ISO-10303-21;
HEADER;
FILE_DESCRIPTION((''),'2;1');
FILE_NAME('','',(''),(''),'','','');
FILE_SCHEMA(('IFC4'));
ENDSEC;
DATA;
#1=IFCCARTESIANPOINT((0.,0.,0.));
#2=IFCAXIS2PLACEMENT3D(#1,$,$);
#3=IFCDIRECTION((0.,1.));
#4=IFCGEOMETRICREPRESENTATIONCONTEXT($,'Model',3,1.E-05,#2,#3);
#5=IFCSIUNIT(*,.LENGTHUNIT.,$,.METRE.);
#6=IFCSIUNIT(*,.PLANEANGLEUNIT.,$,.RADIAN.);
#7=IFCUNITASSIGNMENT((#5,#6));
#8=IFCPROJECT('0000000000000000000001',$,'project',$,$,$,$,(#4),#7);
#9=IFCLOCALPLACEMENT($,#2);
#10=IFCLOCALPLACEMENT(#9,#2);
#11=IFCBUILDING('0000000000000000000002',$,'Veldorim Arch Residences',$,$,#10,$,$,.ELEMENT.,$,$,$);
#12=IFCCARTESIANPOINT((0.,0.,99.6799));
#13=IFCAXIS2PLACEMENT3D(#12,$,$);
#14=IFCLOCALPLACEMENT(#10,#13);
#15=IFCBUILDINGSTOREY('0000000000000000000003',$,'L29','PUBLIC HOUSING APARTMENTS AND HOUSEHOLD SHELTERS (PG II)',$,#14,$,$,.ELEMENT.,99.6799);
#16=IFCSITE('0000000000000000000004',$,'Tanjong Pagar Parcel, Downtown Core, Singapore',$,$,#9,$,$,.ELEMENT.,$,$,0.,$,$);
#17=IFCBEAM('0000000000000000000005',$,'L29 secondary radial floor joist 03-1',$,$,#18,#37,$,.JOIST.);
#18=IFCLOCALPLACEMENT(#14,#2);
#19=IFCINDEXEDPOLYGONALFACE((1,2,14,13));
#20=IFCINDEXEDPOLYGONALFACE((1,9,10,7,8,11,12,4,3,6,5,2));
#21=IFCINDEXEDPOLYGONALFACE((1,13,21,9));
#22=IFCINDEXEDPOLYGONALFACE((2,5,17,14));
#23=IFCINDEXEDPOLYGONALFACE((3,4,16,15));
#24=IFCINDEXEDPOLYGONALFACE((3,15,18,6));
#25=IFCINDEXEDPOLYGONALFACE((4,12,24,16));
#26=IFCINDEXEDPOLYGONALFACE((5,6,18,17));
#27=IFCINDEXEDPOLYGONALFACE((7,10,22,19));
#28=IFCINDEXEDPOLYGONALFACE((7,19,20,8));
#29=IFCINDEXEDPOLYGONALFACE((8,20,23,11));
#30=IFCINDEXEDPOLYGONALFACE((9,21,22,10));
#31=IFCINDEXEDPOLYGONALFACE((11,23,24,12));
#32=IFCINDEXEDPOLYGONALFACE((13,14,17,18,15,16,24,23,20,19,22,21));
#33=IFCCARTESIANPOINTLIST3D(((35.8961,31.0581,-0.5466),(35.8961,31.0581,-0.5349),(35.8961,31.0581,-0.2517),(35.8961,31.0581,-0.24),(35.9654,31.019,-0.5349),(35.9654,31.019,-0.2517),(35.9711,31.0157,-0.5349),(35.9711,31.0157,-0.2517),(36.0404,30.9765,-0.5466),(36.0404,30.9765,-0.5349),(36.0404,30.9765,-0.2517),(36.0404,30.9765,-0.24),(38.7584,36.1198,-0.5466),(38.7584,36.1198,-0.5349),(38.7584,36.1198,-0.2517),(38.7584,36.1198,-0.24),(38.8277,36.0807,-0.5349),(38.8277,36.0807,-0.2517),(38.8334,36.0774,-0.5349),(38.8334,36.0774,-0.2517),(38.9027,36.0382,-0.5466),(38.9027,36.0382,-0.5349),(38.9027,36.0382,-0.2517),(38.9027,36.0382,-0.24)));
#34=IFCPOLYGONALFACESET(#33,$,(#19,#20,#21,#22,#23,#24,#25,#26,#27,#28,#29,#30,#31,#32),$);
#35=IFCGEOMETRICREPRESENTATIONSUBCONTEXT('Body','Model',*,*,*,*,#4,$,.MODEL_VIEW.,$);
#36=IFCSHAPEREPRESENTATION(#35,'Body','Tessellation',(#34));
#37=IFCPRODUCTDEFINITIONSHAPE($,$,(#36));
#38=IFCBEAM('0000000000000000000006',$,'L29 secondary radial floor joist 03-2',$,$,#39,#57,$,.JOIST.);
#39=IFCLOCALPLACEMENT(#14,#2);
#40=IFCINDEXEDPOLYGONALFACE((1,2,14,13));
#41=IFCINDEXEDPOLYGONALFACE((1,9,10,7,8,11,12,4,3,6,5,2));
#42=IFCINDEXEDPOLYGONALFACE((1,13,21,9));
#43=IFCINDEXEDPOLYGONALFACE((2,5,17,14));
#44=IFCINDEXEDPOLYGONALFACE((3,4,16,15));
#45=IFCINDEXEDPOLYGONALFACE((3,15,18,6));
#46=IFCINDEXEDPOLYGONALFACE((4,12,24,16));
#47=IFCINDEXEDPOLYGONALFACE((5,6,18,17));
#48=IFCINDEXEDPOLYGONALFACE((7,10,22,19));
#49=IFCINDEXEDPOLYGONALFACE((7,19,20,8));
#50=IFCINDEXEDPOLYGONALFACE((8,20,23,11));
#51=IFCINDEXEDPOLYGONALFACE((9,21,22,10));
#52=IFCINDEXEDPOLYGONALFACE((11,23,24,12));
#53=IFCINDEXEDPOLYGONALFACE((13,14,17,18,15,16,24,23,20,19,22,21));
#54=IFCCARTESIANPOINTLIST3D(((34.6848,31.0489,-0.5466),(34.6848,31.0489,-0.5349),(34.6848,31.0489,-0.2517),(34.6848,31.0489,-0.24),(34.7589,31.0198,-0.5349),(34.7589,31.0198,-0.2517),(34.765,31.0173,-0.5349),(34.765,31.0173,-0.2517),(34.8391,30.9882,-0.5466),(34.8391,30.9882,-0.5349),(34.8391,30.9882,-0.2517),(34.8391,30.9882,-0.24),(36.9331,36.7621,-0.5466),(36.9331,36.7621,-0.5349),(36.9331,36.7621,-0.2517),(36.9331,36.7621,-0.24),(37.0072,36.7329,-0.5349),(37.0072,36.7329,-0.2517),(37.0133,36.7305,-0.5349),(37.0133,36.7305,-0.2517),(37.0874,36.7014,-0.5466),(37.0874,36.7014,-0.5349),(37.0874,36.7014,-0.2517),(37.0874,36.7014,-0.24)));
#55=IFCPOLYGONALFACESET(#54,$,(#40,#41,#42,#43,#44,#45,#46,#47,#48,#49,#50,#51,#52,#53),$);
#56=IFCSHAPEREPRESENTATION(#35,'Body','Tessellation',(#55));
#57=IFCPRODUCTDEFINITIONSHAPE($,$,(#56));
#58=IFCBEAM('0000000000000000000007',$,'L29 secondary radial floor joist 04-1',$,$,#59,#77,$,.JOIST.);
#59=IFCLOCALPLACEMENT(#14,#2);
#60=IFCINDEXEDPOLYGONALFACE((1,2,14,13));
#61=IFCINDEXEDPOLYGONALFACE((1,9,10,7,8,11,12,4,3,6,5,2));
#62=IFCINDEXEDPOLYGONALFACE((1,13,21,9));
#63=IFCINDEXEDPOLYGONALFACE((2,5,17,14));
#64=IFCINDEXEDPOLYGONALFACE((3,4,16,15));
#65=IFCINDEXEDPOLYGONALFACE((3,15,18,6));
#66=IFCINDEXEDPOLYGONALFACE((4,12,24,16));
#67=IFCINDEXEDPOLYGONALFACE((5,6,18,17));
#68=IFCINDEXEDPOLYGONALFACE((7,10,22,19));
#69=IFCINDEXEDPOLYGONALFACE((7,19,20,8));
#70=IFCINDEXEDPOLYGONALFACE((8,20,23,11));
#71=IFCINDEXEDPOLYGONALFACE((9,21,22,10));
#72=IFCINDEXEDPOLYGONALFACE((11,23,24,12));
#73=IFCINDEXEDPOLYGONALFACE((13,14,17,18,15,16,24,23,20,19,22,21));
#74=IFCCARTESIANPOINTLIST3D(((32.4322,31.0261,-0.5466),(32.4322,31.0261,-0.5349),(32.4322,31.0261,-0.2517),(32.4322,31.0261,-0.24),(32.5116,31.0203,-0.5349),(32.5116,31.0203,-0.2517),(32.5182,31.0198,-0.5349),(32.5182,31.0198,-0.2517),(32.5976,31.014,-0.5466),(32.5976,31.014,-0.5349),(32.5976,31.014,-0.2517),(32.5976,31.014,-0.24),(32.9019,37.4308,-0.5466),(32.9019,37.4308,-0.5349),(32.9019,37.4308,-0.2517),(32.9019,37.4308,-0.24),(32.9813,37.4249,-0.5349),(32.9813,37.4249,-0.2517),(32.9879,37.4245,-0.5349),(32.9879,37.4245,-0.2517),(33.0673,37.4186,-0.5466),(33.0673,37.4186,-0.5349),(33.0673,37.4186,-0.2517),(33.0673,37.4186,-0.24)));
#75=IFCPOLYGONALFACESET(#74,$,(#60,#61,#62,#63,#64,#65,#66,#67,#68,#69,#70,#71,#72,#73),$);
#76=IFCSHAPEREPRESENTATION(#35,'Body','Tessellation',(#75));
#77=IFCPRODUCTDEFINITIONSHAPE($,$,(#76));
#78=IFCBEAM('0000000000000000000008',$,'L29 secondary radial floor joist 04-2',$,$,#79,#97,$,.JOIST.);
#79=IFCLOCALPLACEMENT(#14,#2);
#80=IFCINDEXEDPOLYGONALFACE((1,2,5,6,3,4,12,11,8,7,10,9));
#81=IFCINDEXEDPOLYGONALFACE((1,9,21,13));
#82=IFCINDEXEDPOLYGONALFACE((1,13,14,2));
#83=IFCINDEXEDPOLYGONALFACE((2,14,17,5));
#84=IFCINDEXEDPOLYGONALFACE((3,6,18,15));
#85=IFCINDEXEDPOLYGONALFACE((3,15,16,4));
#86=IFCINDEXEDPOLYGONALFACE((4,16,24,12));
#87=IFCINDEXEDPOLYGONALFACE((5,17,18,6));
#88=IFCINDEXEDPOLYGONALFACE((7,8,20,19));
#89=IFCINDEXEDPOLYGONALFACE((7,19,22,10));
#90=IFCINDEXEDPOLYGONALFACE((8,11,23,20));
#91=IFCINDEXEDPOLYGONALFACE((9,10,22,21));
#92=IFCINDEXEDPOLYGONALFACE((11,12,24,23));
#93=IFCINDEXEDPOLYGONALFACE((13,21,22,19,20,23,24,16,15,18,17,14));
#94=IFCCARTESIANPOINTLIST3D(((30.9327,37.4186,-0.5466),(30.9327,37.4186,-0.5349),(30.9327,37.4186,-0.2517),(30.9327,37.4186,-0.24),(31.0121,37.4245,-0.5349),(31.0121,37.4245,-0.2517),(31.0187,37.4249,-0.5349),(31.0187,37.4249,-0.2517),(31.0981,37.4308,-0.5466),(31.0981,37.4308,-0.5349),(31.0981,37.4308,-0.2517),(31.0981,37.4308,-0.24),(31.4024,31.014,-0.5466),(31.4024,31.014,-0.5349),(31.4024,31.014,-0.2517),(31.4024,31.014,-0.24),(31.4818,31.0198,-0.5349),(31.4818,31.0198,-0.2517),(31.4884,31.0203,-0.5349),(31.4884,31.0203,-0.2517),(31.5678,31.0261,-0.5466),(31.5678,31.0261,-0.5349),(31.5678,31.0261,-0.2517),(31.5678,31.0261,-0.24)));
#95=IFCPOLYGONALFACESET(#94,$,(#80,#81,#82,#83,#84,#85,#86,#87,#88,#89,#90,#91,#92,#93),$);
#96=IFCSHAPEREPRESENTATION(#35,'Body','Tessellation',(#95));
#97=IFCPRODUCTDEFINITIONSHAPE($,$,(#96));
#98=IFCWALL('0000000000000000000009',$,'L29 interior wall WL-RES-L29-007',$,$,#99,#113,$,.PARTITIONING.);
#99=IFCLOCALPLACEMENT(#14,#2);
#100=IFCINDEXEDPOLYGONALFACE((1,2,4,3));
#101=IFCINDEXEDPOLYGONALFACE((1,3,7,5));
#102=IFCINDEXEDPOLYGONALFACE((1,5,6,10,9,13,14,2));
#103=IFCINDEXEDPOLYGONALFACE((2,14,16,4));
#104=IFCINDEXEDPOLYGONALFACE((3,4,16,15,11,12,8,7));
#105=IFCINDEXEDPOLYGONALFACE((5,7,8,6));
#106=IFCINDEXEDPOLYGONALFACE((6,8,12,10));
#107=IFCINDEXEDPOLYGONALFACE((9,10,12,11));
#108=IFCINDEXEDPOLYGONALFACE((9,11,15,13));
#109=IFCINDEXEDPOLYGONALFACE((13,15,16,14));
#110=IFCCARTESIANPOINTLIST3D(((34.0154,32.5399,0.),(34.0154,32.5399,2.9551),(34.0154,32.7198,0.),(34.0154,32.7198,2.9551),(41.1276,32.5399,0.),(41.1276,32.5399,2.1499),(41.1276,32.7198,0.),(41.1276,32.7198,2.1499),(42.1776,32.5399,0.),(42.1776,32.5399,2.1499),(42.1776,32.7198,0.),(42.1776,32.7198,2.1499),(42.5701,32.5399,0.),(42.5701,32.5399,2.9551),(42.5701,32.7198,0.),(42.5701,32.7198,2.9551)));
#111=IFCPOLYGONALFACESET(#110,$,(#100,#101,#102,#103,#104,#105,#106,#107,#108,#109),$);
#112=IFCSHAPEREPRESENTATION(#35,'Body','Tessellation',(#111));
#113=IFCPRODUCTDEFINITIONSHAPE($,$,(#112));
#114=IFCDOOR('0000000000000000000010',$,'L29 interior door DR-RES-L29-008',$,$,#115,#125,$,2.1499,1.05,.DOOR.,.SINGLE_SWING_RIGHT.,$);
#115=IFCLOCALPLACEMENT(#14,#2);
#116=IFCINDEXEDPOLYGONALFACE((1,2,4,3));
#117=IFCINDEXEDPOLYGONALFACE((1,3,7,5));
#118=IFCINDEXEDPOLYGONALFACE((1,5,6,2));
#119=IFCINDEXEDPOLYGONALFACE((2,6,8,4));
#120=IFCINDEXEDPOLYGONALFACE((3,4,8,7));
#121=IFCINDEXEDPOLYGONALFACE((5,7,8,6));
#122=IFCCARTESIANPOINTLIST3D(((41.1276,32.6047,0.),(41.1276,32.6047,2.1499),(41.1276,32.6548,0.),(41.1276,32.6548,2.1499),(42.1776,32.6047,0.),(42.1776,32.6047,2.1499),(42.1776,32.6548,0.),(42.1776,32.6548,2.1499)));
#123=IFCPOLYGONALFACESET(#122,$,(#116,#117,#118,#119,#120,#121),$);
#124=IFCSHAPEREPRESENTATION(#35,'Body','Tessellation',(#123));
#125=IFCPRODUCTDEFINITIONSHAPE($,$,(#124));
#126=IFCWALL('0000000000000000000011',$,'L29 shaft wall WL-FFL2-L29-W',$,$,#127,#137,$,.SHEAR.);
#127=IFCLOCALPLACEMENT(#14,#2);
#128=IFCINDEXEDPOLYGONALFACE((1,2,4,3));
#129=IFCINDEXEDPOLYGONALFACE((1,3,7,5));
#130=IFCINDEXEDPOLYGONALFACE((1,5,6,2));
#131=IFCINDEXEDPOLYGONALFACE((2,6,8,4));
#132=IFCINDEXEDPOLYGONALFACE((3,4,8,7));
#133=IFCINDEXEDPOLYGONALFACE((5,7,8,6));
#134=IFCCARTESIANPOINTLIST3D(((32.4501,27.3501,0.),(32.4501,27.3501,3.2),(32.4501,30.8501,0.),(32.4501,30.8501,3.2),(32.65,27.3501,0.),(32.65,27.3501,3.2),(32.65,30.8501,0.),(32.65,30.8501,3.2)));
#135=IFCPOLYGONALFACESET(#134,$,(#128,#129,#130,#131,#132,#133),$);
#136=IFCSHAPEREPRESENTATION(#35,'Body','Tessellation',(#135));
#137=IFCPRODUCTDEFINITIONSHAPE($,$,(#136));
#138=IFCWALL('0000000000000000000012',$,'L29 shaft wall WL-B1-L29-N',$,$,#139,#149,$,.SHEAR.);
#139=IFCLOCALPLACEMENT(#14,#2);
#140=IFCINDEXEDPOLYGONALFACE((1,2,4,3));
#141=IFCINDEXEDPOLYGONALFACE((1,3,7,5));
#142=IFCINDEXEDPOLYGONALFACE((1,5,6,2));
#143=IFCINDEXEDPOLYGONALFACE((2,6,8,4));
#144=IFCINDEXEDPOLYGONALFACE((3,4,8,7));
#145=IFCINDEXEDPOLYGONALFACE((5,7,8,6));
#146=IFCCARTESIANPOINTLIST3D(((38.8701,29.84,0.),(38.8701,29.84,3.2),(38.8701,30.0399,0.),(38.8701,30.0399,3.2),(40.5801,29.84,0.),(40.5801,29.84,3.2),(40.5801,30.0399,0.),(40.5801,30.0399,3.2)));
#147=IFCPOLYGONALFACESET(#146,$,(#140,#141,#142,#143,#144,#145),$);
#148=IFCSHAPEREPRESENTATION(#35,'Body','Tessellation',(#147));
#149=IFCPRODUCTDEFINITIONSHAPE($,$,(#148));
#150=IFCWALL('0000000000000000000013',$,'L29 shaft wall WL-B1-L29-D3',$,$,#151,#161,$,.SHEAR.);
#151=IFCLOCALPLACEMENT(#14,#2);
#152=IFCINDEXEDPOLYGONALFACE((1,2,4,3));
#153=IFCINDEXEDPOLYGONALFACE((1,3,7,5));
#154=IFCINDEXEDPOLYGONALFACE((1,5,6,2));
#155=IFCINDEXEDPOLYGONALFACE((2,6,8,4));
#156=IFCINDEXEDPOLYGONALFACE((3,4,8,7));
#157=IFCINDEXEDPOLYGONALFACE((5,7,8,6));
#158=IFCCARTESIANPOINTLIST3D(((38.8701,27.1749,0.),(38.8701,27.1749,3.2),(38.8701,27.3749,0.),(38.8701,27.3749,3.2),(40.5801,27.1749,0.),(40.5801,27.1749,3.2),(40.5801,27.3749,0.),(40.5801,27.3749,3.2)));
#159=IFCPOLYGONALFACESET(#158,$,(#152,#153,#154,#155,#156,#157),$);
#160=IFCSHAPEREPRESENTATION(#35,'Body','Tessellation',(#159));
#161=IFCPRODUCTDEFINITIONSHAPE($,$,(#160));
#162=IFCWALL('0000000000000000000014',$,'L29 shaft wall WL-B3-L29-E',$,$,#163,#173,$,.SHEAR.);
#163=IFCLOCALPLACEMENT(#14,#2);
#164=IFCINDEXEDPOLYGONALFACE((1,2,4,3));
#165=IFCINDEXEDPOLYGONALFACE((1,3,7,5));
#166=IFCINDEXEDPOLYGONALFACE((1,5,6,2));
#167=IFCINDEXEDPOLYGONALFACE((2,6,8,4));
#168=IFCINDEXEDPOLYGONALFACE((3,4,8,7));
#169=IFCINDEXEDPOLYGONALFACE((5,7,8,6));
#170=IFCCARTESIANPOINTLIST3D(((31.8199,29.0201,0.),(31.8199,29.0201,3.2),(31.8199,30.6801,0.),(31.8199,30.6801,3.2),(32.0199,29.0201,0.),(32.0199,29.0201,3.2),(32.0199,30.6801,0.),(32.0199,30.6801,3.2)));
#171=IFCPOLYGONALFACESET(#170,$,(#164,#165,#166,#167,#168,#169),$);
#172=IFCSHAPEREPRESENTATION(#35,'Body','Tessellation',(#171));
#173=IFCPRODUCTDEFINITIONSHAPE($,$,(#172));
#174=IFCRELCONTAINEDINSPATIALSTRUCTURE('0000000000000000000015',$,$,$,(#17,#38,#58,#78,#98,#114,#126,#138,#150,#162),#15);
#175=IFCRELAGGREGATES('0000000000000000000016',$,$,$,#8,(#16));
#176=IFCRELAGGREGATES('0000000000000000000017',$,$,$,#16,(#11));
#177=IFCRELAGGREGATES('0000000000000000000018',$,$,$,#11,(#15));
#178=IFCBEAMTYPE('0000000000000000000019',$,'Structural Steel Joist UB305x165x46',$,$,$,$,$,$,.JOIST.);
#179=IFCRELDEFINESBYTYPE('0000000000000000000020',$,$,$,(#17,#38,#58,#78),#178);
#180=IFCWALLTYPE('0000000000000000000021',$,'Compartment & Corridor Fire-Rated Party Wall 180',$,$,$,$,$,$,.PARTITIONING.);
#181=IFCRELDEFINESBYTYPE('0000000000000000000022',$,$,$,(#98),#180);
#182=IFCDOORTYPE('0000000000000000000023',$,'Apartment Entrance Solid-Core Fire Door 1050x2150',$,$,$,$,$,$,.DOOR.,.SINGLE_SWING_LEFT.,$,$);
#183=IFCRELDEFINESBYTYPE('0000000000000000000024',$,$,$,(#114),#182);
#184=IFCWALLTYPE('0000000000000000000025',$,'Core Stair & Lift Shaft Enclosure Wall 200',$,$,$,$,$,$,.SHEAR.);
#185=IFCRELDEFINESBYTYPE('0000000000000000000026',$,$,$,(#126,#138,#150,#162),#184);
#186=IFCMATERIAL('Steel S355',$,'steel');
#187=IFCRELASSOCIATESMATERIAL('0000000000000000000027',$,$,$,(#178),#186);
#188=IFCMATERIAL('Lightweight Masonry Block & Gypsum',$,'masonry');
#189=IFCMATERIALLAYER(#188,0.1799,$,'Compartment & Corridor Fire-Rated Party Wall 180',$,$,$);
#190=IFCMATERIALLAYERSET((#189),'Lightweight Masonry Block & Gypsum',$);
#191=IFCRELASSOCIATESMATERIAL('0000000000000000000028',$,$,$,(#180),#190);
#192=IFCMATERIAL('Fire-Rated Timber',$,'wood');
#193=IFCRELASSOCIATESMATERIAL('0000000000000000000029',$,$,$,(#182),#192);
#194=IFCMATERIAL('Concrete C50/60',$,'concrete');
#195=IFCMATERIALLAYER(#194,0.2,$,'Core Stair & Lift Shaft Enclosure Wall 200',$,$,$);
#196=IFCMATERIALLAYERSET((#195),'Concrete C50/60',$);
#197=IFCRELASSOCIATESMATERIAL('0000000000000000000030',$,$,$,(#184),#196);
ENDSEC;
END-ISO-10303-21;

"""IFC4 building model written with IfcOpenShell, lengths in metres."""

from ifc_helpers import new_model, si_unit, direction, frame, frame_2d, origin, origin_2d, place, context, subcontext, project, spatial, rectangle, i_section, extrude, material, layer, layer_set, material_profile, profile_set, type_object, element, fill, save


model = new_model("IFC4")

# Units and contexts
model_context = context("Model", 3, precision=1e-05, world=origin(), true_north=direction((0.0, 1.0)))
body_context = subcontext(model_context, "Body", "Model", "MODEL_VIEW")
ifc_project = project(units=[si_unit("LENGTHUNIT", "METRE"), si_unit("PLANEANGLEUNIT", "RADIAN")], contexts=[model_context])

# Site, building, storey
site_placement = place(None, origin())
site = spatial("IfcSite", under=ifc_project, at=site_placement, Name="Tanjong Pagar Parcel, Downtown Core, Singapore", CompositionType="ELEMENT", RefElevation=0.0)
building_placement = place(site_placement, origin())
building = spatial("IfcBuilding", under=site, at=building_placement, Name="Veldorim Arch Residences", CompositionType="ELEMENT")
storey_placement = place(building_placement, frame((0.0, 0.0, 99.6799)))
storey = spatial("IfcBuildingStorey", under=building, at=storey_placement, Name="L29", Description="PUBLIC HOUSING APARTMENTS AND HOUSEHOLD SHELTERS (PG II)", CompositionType="ELEMENT", Elevation=99.6799)

# Beams
ifc_material_1 = material(Name="Steel S355", Category="steel")
ifc_material_profile_1 = material_profile(ifc_material_1, i_section(OverallWidth=0.1658, OverallDepth=0.3066, WebThickness=0.0066, FlangeThickness=0.0117, at=origin_2d()), Name="UB305x165x46")
ifc_profile_set_1 = profile_set([ifc_material_profile_1], Name="Steel S355")
beam_type_1 = type_object("IfcBeamType", Name="Structural Steel Joist UB305x165x46", PredefinedType="JOIST", material=ifc_profile_set_1)
beam_1_placement = place(storey_placement, frame((35.9683, 31.0173, -0.3933), z_axis=(0.492227, 0.870467, 0.0), x_axis=(-0.870467, 0.492227, 0.0)))
element("IfcBeam", 1, at=beam_1_placement, inside=storey, type_object=beam_type_1, Name="L29 secondary radial floor joist 03-1", PredefinedType="JOIST", context=body_context, shape_type="SweptSolid", body=[
    extrude(i_section(OverallWidth=0.1658, OverallDepth=0.3066, WebThickness=0.0066, FlangeThickness=0.0117, at=origin_2d()), origin(), (0.0, 0.0, 1.0), 5.8149),
])
beam_2_placement = place(storey_placement, frame((34.762, 31.0186, -0.3933), z_axis=(0.366195, 0.930538, 0.0), x_axis=(-0.930538, 0.366195, 0.0)))
element("IfcBeam", 2, at=beam_2_placement, inside=storey, type_object=beam_type_1, Name="L29 secondary radial floor joist 03-2", PredefinedType="JOIST", context=body_context, shape_type="SweptSolid", body=[
    extrude(i_section(OverallWidth=0.1658, OverallDepth=0.3066, WebThickness=0.0066, FlangeThickness=0.0117, at=origin_2d()), origin(), (0.0, 0.0, 1.0), 6.1396),
])
for number, where, z_axis, x_axis, name in (
    (3, (32.5149, 31.02, -0.3933), (0.073143, 0.997321, 0.0), (-0.997321, 0.073143, 0.0), "L29 secondary radial floor joist 04-1"),
    (4, (31.4851, 31.02, -0.3933), (-0.073143, 0.997321, 0.0), (-0.997321, -0.073143, 0.0), "L29 secondary radial floor joist 04-2"),
):
    element("IfcBeam", number, at=place(storey_placement, frame(where, z_axis=z_axis, x_axis=x_axis)), inside=storey, type_object=beam_type_1, Name=name, PredefinedType="JOIST", context=body_context, shape_type="SweptSolid", body=[
        extrude(i_section(OverallWidth=0.1658, OverallDepth=0.3066, WebThickness=0.0066, FlangeThickness=0.0117, at=origin_2d()), origin(), (0.0, 0.0, 1.0), 6.4219),
    ])

# Wall, opening, door
ifc_material_2 = material(Name="Lightweight Masonry Block & Gypsum", Category="masonry")
ifc_layer_1 = layer(ifc_material_2, 0.1799, Name="Compartment & Corridor Fire-Rated Party Wall 180")
ifc_layer_set_1 = layer_set([ifc_layer_1], Name="Lightweight Masonry Block & Gypsum")
wall_type_1 = type_object("IfcWallType", Name="Compartment & Corridor Fire-Rated Party Wall 180", PredefinedType="PARTITIONING", material=ifc_layer_set_1)
wall_1_placement = place(storey_placement, frame((34.0154, 32.6299, 0.0), z_axis=(0.0, 0.0, 1.0), x_axis=(1.0, 0.0, 0.0)))
wall_1 = element("IfcWall", 5, at=wall_1_placement, inside=storey, type_object=wall_type_1, Name="L29 interior wall WL-RES-L29-007", PredefinedType="PARTITIONING", context=body_context, shape_type="SweptSolid", body=[
    extrude(rectangle(XDim=8.5547, YDim=0.1799, at=frame_2d((4.2773, 0.0))), origin(), (0.0, 0.0, 1.0), 2.9551),
])
opening_1_placement = place(wall_1_placement, frame((7.1123, 0.0, 0.0)))
opening_1 = element("IfcOpeningElement", 6, at=opening_1_placement, cuts=wall_1, PredefinedType="OPENING", context=body_context, shape_type="SweptSolid", body=[
    extrude(rectangle(XDim=1.05, YDim=2.1499, at=frame_2d((0.5249, 1.075))), frame((0.0, 0.0999, 0.0), z_axis=(0.0, -1.0, 0.0), x_axis=(1.0, 0.0, 0.0)), (0.0, 0.0, 1.0), 0.2),
])
ifc_material_3 = material(Name="Fire-Rated Timber", Category="wood")
door_type_1 = type_object("IfcDoorType", Name="Apartment Entrance Solid-Core Fire Door 1050x2150", OperationType="SINGLE_SWING_LEFT", PredefinedType="DOOR", material=ifc_material_3)
door_1_placement = place(opening_1_placement, origin())
door_1 = element("IfcDoor", 7, at=door_1_placement, inside=storey, type_object=door_type_1, Name="L29 interior door DR-RES-L29-008", OperationType="SINGLE_SWING_RIGHT", OverallHeight=2.1499, OverallWidth=1.05, PredefinedType="DOOR", context=body_context, shape_type="SweptSolid", body=[
    extrude(rectangle(XDim=1.05, YDim=2.1499, at=frame_2d((0.5249, 1.075))), frame((0.0, 0.0249, 0.0), z_axis=(0.0, -1.0, 0.0), x_axis=(1.0, 0.0, 0.0)), (0.0, 0.0, 1.0), 0.05),
])
fill(opening_1, door_1)
ifc_material_4 = material(Name="Concrete C50/60", Category="concrete")
ifc_layer_2 = layer(ifc_material_4, 0.2, Name="Core Stair & Lift Shaft Enclosure Wall 200")
ifc_layer_set_2 = layer_set([ifc_layer_2], Name="Concrete C50/60")
wall_type_2 = type_object("IfcWallType", Name="Core Stair & Lift Shaft Enclosure Wall 200", PredefinedType="SHEAR", material=ifc_layer_set_2)

# Wall
wall_2_placement = place(storey_placement, frame((32.55, 27.3501, 0.0), z_axis=(0.0, 0.0, 1.0), x_axis=(0.0, 1.0, 0.0)))
element("IfcWall", 8, at=wall_2_placement, inside=storey, type_object=wall_type_2, Name="L29 shaft wall WL-FFL2-L29-W", PredefinedType="SHEAR", context=body_context, shape_type="SweptSolid", body=[
    extrude(rectangle(XDim=3.5, YDim=0.2, at=frame_2d((1.75, 0.0))), origin(), (0.0, 0.0, 1.0), 3.2),
])

# Walls
for number, where, z_axis, x_axis, name in (
    (9, (38.8701, 29.9399, 0.0), (0.0, 0.0, 1.0), (1.0, 0.0, 0.0), "L29 shaft wall WL-B1-L29-N"),
    (10, (38.8701, 27.2749, 0.0), (0.0, 0.0, 1.0), (1.0, 0.0, 0.0), "L29 shaft wall WL-B1-L29-D3"),
):
    element("IfcWall", number, at=place(storey_placement, frame(where, z_axis=z_axis, x_axis=x_axis)), inside=storey, type_object=wall_type_2, Name=name, PredefinedType="SHEAR", context=body_context, shape_type="SweptSolid", body=[
        extrude(rectangle(XDim=1.71, YDim=0.2, at=frame_2d((0.855, 0.0))), origin(), (0.0, 0.0, 1.0), 3.2),
    ])
wall_3_placement = place(storey_placement, frame((31.9199, 29.02, 0.0), z_axis=(0.0, 0.0, 1.0), x_axis=(0.0, 1.0, 0.0)))
element("IfcWall", 11, at=wall_3_placement, inside=storey, type_object=wall_type_2, Name="L29 shaft wall WL-B3-L29-E", PredefinedType="SHEAR", context=body_context, shape_type="SweptSolid", body=[
    extrude(rectangle(XDim=1.6599, YDim=0.2, at=frame_2d((0.8301, 0.0))), origin(), (0.0, 0.0, 1.0), 3.2),
])

save(model, "model.ifc")
